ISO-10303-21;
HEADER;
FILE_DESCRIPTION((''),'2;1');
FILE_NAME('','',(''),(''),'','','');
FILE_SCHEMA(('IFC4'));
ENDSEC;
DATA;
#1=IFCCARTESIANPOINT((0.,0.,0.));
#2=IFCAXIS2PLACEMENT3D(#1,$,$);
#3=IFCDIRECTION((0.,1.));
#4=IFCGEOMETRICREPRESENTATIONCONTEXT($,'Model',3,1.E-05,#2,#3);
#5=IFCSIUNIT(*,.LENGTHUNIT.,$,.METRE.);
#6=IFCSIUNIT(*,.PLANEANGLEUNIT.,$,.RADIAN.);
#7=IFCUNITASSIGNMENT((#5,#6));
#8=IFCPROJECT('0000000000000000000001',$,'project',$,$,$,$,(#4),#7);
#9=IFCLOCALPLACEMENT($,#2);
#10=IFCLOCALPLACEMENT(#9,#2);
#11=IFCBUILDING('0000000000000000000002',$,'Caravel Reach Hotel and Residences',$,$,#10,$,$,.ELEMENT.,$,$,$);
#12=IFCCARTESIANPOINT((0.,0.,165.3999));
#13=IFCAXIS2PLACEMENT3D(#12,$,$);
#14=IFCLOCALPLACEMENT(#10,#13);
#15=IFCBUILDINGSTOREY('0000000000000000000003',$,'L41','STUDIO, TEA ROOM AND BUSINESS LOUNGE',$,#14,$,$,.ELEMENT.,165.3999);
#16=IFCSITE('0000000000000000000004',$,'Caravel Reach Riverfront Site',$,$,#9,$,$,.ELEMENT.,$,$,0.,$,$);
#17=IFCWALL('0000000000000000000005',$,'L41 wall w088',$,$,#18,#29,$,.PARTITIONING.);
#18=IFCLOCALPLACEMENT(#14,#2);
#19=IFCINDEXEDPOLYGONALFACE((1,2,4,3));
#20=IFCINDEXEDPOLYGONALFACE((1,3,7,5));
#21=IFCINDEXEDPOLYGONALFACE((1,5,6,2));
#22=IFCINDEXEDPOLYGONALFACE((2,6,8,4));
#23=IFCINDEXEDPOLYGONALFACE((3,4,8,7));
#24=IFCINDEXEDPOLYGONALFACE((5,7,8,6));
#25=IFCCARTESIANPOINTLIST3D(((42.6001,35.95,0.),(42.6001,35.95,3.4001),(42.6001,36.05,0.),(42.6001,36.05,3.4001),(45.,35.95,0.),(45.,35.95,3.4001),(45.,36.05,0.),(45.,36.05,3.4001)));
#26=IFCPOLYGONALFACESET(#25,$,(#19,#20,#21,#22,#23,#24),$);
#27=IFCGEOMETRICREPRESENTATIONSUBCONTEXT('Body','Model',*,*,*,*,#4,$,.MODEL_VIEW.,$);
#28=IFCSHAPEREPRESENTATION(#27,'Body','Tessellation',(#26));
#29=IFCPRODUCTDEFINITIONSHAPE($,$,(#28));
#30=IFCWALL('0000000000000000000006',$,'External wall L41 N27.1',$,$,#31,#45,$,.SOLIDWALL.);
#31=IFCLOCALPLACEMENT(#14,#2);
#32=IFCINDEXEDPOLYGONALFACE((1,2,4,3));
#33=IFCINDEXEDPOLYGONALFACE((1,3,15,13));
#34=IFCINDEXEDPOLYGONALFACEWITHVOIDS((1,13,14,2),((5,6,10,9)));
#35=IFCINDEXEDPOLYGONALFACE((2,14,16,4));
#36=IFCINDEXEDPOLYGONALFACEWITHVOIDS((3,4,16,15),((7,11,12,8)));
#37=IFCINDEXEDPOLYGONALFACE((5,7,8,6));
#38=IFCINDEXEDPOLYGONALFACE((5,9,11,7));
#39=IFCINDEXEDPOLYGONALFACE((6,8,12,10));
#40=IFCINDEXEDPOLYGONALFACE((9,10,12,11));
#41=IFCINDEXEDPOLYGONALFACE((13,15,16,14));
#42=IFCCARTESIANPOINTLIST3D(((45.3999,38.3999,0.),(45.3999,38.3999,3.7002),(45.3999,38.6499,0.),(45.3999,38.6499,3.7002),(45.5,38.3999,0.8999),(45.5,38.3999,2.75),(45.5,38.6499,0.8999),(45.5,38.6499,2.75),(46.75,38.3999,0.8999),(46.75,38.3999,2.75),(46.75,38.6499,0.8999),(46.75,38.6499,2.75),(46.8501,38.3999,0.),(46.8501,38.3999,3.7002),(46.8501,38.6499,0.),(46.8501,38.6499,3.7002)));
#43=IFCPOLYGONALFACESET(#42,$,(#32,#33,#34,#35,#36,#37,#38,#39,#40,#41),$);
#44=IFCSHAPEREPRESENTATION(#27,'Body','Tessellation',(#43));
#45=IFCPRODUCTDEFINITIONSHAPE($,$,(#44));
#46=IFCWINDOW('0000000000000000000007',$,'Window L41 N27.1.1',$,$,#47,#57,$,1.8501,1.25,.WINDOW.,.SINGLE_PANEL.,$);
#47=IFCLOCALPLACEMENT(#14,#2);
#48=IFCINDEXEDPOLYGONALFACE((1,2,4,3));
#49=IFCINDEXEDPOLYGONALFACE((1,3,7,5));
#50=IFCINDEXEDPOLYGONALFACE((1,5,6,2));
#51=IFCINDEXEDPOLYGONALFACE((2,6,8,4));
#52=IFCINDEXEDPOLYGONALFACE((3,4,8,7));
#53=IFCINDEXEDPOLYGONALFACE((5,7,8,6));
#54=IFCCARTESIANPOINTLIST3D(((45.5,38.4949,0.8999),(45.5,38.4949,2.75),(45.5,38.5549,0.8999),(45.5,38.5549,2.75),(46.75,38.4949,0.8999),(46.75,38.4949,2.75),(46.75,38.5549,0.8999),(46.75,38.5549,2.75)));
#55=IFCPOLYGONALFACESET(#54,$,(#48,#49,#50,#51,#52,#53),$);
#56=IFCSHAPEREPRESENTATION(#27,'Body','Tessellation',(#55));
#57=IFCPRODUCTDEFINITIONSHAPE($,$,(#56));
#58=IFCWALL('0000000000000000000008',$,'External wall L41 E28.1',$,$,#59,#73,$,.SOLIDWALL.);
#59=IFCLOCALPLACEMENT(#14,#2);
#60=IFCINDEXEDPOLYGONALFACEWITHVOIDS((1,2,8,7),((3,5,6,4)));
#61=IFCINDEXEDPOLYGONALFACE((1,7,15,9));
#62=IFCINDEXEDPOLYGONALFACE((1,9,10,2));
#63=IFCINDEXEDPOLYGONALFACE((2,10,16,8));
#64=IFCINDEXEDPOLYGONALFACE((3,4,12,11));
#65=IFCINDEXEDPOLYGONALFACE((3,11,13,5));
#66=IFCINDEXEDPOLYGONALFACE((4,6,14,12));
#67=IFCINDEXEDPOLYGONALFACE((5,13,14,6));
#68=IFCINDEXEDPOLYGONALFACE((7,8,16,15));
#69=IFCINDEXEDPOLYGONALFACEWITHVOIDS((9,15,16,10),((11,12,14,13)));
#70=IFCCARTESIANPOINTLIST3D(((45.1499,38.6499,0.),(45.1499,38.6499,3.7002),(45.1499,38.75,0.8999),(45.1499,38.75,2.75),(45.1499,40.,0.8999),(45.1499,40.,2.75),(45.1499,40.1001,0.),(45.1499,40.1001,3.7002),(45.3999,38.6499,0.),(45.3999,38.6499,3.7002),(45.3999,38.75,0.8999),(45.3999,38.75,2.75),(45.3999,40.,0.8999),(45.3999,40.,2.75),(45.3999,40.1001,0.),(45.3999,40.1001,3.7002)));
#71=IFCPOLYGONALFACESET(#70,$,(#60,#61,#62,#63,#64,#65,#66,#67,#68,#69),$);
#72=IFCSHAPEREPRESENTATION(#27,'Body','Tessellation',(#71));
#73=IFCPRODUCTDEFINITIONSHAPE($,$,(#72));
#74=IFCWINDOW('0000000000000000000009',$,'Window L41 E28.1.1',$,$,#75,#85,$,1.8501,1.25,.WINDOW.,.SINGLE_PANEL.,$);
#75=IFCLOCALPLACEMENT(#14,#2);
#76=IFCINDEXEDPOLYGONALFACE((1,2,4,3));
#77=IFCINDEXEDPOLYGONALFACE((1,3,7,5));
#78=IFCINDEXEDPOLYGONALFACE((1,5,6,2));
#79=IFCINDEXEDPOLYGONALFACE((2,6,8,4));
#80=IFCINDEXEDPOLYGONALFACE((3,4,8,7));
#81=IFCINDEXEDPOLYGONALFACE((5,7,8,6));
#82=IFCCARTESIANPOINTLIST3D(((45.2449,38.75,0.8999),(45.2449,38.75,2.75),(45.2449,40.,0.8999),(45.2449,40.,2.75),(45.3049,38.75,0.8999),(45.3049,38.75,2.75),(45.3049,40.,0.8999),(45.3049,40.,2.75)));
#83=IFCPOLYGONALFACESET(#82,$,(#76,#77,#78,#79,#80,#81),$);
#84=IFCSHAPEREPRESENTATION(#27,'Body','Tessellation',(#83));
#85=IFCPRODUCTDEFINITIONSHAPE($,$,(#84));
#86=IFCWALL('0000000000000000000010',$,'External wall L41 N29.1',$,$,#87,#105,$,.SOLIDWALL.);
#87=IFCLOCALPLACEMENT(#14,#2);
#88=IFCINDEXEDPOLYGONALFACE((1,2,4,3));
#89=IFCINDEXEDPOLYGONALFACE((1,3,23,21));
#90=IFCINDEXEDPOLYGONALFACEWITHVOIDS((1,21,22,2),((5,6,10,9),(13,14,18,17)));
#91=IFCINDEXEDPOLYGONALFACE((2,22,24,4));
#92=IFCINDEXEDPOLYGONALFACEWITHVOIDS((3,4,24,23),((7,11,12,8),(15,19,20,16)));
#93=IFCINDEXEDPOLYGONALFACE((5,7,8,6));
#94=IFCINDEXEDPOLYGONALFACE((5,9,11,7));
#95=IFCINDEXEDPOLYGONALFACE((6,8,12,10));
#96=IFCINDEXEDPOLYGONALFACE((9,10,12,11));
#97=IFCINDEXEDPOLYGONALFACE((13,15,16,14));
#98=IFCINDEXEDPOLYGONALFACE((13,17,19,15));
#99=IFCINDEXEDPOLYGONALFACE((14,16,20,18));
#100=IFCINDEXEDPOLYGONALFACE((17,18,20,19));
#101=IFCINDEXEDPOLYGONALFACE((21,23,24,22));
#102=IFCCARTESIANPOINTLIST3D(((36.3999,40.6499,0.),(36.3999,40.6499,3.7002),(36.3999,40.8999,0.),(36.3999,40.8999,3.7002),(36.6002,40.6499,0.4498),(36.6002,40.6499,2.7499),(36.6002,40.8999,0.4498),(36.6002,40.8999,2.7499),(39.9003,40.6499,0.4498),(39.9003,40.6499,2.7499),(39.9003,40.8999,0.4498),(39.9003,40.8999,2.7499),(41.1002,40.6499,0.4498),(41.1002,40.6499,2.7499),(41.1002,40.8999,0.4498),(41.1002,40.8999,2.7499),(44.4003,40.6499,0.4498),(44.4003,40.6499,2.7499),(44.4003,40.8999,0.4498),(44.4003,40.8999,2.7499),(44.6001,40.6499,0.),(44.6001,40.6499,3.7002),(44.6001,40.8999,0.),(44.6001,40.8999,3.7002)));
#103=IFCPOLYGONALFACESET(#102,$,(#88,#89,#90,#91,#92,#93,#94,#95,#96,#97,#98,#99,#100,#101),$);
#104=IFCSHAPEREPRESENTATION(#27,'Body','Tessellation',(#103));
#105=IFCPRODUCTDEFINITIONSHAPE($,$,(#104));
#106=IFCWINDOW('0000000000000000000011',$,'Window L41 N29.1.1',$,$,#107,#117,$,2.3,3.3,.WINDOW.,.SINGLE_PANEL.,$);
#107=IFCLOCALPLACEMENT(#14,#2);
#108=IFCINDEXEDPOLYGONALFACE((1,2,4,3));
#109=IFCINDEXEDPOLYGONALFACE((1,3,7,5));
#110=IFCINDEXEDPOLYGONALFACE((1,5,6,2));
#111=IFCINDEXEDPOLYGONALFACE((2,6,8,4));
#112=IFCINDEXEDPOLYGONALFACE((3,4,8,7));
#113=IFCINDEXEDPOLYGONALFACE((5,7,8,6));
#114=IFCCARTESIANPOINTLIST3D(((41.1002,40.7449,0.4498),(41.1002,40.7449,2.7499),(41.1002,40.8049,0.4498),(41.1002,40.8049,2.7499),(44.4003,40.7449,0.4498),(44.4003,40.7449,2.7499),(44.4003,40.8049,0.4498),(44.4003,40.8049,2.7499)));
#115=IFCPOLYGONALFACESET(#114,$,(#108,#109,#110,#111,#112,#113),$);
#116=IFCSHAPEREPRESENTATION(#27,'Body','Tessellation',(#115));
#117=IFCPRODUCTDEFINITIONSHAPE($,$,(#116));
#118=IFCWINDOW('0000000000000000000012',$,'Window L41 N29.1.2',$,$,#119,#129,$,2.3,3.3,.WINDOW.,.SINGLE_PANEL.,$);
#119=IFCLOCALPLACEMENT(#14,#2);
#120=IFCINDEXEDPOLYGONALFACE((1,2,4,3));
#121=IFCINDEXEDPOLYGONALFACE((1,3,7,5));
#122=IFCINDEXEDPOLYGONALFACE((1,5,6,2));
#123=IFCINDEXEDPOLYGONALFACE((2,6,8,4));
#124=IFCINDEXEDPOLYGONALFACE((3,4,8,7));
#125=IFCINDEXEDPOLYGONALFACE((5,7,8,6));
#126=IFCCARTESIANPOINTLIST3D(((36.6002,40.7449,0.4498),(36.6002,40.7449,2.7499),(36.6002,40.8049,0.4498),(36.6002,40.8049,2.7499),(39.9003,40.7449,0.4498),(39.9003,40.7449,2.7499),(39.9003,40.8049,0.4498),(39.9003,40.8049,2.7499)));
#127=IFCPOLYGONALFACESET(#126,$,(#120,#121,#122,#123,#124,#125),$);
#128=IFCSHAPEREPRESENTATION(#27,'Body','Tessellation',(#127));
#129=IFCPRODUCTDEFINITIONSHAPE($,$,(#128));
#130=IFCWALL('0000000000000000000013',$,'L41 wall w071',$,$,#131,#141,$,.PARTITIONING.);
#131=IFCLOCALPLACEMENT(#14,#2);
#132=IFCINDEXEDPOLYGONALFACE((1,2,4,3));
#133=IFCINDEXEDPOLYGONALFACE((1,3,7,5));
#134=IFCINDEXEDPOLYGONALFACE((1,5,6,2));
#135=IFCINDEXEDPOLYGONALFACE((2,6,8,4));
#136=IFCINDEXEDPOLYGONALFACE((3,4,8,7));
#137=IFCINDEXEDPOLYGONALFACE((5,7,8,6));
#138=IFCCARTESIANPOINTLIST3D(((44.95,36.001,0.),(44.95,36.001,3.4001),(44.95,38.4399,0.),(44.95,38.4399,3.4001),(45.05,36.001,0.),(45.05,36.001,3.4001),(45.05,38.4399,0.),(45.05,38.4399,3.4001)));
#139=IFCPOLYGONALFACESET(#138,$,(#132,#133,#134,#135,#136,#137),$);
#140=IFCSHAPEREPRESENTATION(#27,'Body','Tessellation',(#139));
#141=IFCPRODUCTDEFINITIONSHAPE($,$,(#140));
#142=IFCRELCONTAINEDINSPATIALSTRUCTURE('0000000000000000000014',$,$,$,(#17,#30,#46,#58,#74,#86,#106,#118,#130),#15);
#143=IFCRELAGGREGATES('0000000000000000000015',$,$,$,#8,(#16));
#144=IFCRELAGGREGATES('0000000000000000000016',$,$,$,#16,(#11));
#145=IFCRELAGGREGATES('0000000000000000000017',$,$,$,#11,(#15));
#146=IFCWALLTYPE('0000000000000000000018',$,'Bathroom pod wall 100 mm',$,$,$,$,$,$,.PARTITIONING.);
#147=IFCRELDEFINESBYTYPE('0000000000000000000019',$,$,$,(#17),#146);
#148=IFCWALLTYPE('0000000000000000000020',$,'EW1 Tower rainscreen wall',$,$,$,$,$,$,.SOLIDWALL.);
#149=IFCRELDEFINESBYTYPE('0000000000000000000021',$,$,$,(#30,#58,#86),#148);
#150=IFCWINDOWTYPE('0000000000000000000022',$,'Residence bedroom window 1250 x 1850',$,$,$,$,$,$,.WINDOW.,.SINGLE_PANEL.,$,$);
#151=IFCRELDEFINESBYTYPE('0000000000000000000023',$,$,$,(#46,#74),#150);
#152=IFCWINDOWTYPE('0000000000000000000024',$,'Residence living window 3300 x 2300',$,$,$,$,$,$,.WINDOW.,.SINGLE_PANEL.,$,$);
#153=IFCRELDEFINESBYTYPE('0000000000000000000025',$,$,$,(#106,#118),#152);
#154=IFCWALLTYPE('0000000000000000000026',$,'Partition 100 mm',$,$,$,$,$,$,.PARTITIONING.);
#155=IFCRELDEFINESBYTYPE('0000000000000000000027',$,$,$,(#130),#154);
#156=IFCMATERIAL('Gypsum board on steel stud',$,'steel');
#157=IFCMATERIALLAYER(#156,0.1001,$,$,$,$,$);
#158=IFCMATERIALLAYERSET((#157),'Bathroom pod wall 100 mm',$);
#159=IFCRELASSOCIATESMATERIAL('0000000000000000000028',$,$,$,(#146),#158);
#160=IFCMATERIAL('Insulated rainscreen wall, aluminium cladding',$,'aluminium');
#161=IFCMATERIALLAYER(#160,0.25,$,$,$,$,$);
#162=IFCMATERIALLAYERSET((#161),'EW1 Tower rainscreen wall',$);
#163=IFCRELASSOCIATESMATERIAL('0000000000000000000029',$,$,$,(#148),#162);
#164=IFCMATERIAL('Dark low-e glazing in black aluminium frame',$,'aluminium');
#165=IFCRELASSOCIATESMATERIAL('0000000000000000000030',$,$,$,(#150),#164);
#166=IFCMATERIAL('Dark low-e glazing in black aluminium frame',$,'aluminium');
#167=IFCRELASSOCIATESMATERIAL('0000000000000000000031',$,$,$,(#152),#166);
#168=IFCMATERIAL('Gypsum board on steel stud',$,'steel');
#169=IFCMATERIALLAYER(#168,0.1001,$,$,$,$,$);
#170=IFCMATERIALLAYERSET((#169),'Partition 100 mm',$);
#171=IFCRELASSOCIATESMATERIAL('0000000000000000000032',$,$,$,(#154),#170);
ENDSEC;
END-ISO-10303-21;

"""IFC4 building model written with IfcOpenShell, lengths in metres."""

from ifc_helpers import new_model, si_unit, direction, frame, frame_2d, origin, place, context, subcontext, project, spatial, rectangle, extrude, material, layer, layer_set, type_object, element, fill, save


model = new_model("IFC4")

# Units and contexts
model_context = context("Model", 3, precision=1e-05, world=origin(), true_north=direction((0.0, 1.0)))
body_context = subcontext(model_context, "Body", "Model", "MODEL_VIEW")
ifc_project = project(units=[si_unit("LENGTHUNIT", "METRE"), si_unit("PLANEANGLEUNIT", "RADIAN")], contexts=[model_context])

# Site, building, storey
site_placement = place(None, origin())
site = spatial("IfcSite", under=ifc_project, at=site_placement, Name="Caravel Reach Riverfront Site", CompositionType="ELEMENT", RefElevation=0.0)
building_placement = place(site_placement, origin())
building = spatial("IfcBuilding", under=site, at=building_placement, Name="Caravel Reach Hotel and Residences", CompositionType="ELEMENT")
storey_placement = place(building_placement, frame((0.0, 0.0, 165.3999)))
storey = spatial("IfcBuildingStorey", under=building, at=storey_placement, Name="L41", Description="STUDIO, TEA ROOM AND BUSINESS LOUNGE", CompositionType="ELEMENT", Elevation=165.3999)

# Wall
ifc_material_1 = material(Name="Gypsum board on steel stud", Category="steel")
ifc_layer_1 = layer(ifc_material_1, 0.1001)
ifc_layer_set_1 = layer_set([ifc_layer_1], Name="Bathroom pod wall 100 mm")
wall_type_1 = type_object("IfcWallType", Name="Bathroom pod wall 100 mm", PredefinedType="PARTITIONING", material=ifc_layer_set_1)
wall_1_placement = place(storey_placement, frame((42.6001, 36.0, 0.0), z_axis=(0.0, 0.0, 1.0), x_axis=(1.0, 0.0, 0.0)))
element("IfcWall", 1, at=wall_1_placement, inside=storey, type_object=wall_type_1, Name="L41 wall w088", PredefinedType="PARTITIONING", context=body_context, shape_type="SweptSolid", body=[
    extrude(rectangle(XDim=2.3999, YDim=0.1001, at=frame_2d((1.2, 0.0))), origin(), (0.0, 0.0, 1.0), 3.4001),
])

# Walls, openings, windows
ifc_material_2 = material(Name="Insulated rainscreen wall, aluminium cladding", Category="aluminium")
ifc_layer_2 = layer(ifc_material_2, 0.25)
ifc_layer_set_2 = layer_set([ifc_layer_2], Name="EW1 Tower rainscreen wall")
wall_type_2 = type_object("IfcWallType", Name="EW1 Tower rainscreen wall", PredefinedType="SOLIDWALL", material=ifc_layer_set_2)
wall_2_placement = place(storey_placement, frame((46.8501, 38.5249, 0.0), z_axis=(0.0, 0.0, 1.0), x_axis=(-1.0, 0.0, 0.0)))
wall_2 = element("IfcWall", 2, at=wall_2_placement, inside=storey, type_object=wall_type_2, Name="External wall L41 N27.1", PredefinedType="SOLIDWALL", context=body_context, shape_type="SweptSolid", body=[
    extrude(rectangle(XDim=1.4502, YDim=0.25, at=frame_2d((0.7251, 0.0))), origin(), (0.0, 0.0, 1.0), 3.7002),
])
opening_1_placement = place(wall_2_placement, frame((0.1001, 0.0, 0.8999)))
opening_1 = element("IfcOpeningElement", 3, at=opening_1_placement, cuts=wall_2, PredefinedType="OPENING", context=body_context, shape_type="SweptSolid", body=[
    extrude(rectangle(XDim=1.25, YDim=1.8501, at=frame_2d((0.625, 0.925))), frame((0.0, 0.135, 0.0), z_axis=(0.0, -1.0, 0.0), x_axis=(1.0, 0.0, 0.0)), (0.0, 0.0, 1.0), 0.27),
])
ifc_material_3 = material(Name="Dark low-e glazing in black aluminium frame", Category="aluminium")
window_type_1 = type_object("IfcWindowType", Name="Residence bedroom window 1250 x 1850", PartitioningType="SINGLE_PANEL", PredefinedType="WINDOW", material=ifc_material_3)
window_1_placement = place(opening_1_placement, origin())
window_1 = element("IfcWindow", 4, at=window_1_placement, inside=storey, type_object=window_type_1, Name="Window L41 N27.1.1", OverallHeight=1.8501, OverallWidth=1.25, PartitioningType="SINGLE_PANEL", PredefinedType="WINDOW", context=body_context, shape_type="SweptSolid", body=[
    extrude(rectangle(XDim=1.25, YDim=1.8501, at=frame_2d((0.625, 0.925))), frame((0.0, 0.03, 0.0), z_axis=(0.0, -1.0, 0.0), x_axis=(1.0, 0.0, 0.0)), (0.0, 0.0, 1.0), 0.0601),
])
fill(opening_1, window_1)
wall_3_placement = place(storey_placement, frame((45.2749, 38.6499, 0.0), z_axis=(0.0, 0.0, 1.0), x_axis=(0.0, 1.0, 0.0)))
wall_3 = element("IfcWall", 5, at=wall_3_placement, inside=storey, type_object=wall_type_2, Name="External wall L41 E28.1", PredefinedType="SOLIDWALL", context=body_context, shape_type="SweptSolid", body=[
    extrude(rectangle(XDim=1.4502, YDim=0.25, at=frame_2d((0.7251, 0.0))), origin(), (0.0, 0.0, 1.0), 3.7002),
])
opening_2_placement = place(wall_3_placement, frame((0.1001, 0.0, 0.8999)))
opening_2 = element("IfcOpeningElement", 6, at=opening_2_placement, cuts=wall_3, PredefinedType="OPENING", context=body_context, shape_type="SweptSolid", body=[
    extrude(rectangle(XDim=1.25, YDim=1.8501, at=frame_2d((0.625, 0.925))), frame((0.0, 0.135, 0.0), z_axis=(0.0, -1.0, 0.0), x_axis=(1.0, 0.0, 0.0)), (0.0, 0.0, 1.0), 0.27),
])
window_2_placement = place(opening_2_placement, origin())
window_2 = element("IfcWindow", 7, at=window_2_placement, inside=storey, type_object=window_type_1, Name="Window L41 E28.1.1", OverallHeight=1.8501, OverallWidth=1.25, PartitioningType="SINGLE_PANEL", PredefinedType="WINDOW", context=body_context, shape_type="SweptSolid", body=[
    extrude(rectangle(XDim=1.25, YDim=1.8501, at=frame_2d((0.625, 0.925))), frame((0.0, 0.03, 0.0), z_axis=(0.0, -1.0, 0.0), x_axis=(1.0, 0.0, 0.0)), (0.0, 0.0, 1.0), 0.0601),
])
fill(opening_2, window_2)

# Wall, openings, windows
wall_4_placement = place(storey_placement, frame((44.6001, 40.7749, 0.0), z_axis=(0.0, 0.0, 1.0), x_axis=(-1.0, 0.0, 0.0)))
wall_4 = element("IfcWall", 8, at=wall_4_placement, inside=storey, type_object=wall_type_2, Name="External wall L41 N29.1", PredefinedType="SOLIDWALL", context=body_context, shape_type="SweptSolid", body=[
    extrude(rectangle(XDim=8.2002, YDim=0.25, at=frame_2d((4.1001, 0.0))), origin(), (0.0, 0.0, 1.0), 3.7002),
])
opening_3_placement = place(wall_4_placement, frame((0.2, 0.0, 0.45)))
opening_3 = element("IfcOpeningElement", 9, at=opening_3_placement, cuts=wall_4, PredefinedType="OPENING", context=body_context, shape_type="SweptSolid", body=[
    extrude(rectangle(XDim=3.3, YDim=2.3, at=frame_2d((1.6499, 1.1499))), frame((0.0, 0.135, 0.0), z_axis=(0.0, -1.0, 0.0), x_axis=(1.0, 0.0, 0.0)), (0.0, 0.0, 1.0), 0.27),
])
opening_4_placement = place(wall_4_placement, frame((4.7, 0.0, 0.45)))
opening_4 = element("IfcOpeningElement", 10, at=opening_4_placement, cuts=wall_4, PredefinedType="OPENING", context=body_context, shape_type="SweptSolid", body=[
    extrude(rectangle(XDim=3.3, YDim=2.3, at=frame_2d((1.6499, 1.1499))), frame((0.0, 0.135, 0.0), z_axis=(0.0, -1.0, 0.0), x_axis=(1.0, 0.0, 0.0)), (0.0, 0.0, 1.0), 0.27),
])
ifc_material_4 = material(Name="Dark low-e glazing in black aluminium frame", Category="aluminium")
window_type_2 = type_object("IfcWindowType", Name="Residence living window 3300 x 2300", PartitioningType="SINGLE_PANEL", PredefinedType="WINDOW", material=ifc_material_4)
window_3_placement = place(opening_3_placement, origin())
window_3 = element("IfcWindow", 11, at=window_3_placement, inside=storey, type_object=window_type_2, Name="Window L41 N29.1.1", OverallHeight=2.3, OverallWidth=3.3, PartitioningType="SINGLE_PANEL", PredefinedType="WINDOW", context=body_context, shape_type="SweptSolid", body=[
    extrude(rectangle(XDim=3.3, YDim=2.3, at=frame_2d((1.6499, 1.1499))), frame((0.0, 0.03, 0.0), z_axis=(0.0, -1.0, 0.0), x_axis=(1.0, 0.0, 0.0)), (0.0, 0.0, 1.0), 0.0601),
])
fill(opening_3, window_3)
window_4_placement = place(opening_4_placement, origin())
window_4 = element("IfcWindow", 12, at=window_4_placement, inside=storey, type_object=window_type_2, Name="Window L41 N29.1.2", OverallHeight=2.3, OverallWidth=3.3, PartitioningType="SINGLE_PANEL", PredefinedType="WINDOW", context=body_context, shape_type="SweptSolid", body=[
    extrude(rectangle(XDim=3.3, YDim=2.3, at=frame_2d((1.6499, 1.1499))), frame((0.0, 0.03, 0.0), z_axis=(0.0, -1.0, 0.0), x_axis=(1.0, 0.0, 0.0)), (0.0, 0.0, 1.0), 0.0601),
])
fill(opening_4, window_4)

# Wall
ifc_material_5 = material(Name="Gypsum board on steel stud", Category="steel")
ifc_layer_3 = layer(ifc_material_5, 0.1001)
ifc_layer_set_3 = layer_set([ifc_layer_3], Name="Partition 100 mm")
wall_type_3 = type_object("IfcWallType", Name="Partition 100 mm", PredefinedType="PARTITIONING", material=ifc_layer_set_3)
wall_5_placement = place(storey_placement, frame((45.0, 36.001, 0.0), z_axis=(0.0, 0.0, 1.0), x_axis=(0.0, 1.0, 0.0)))
element("IfcWall", 13, at=wall_5_placement, inside=storey, type_object=wall_type_3, Name="L41 wall w071", PredefinedType="PARTITIONING", context=body_context, shape_type="SweptSolid", body=[
    extrude(rectangle(XDim=2.439, YDim=0.1001, at=frame_2d((1.2195, 0.0))), origin(), (0.0, 0.0, 1.0), 3.4001),
])

save(model, "model.ifc")
